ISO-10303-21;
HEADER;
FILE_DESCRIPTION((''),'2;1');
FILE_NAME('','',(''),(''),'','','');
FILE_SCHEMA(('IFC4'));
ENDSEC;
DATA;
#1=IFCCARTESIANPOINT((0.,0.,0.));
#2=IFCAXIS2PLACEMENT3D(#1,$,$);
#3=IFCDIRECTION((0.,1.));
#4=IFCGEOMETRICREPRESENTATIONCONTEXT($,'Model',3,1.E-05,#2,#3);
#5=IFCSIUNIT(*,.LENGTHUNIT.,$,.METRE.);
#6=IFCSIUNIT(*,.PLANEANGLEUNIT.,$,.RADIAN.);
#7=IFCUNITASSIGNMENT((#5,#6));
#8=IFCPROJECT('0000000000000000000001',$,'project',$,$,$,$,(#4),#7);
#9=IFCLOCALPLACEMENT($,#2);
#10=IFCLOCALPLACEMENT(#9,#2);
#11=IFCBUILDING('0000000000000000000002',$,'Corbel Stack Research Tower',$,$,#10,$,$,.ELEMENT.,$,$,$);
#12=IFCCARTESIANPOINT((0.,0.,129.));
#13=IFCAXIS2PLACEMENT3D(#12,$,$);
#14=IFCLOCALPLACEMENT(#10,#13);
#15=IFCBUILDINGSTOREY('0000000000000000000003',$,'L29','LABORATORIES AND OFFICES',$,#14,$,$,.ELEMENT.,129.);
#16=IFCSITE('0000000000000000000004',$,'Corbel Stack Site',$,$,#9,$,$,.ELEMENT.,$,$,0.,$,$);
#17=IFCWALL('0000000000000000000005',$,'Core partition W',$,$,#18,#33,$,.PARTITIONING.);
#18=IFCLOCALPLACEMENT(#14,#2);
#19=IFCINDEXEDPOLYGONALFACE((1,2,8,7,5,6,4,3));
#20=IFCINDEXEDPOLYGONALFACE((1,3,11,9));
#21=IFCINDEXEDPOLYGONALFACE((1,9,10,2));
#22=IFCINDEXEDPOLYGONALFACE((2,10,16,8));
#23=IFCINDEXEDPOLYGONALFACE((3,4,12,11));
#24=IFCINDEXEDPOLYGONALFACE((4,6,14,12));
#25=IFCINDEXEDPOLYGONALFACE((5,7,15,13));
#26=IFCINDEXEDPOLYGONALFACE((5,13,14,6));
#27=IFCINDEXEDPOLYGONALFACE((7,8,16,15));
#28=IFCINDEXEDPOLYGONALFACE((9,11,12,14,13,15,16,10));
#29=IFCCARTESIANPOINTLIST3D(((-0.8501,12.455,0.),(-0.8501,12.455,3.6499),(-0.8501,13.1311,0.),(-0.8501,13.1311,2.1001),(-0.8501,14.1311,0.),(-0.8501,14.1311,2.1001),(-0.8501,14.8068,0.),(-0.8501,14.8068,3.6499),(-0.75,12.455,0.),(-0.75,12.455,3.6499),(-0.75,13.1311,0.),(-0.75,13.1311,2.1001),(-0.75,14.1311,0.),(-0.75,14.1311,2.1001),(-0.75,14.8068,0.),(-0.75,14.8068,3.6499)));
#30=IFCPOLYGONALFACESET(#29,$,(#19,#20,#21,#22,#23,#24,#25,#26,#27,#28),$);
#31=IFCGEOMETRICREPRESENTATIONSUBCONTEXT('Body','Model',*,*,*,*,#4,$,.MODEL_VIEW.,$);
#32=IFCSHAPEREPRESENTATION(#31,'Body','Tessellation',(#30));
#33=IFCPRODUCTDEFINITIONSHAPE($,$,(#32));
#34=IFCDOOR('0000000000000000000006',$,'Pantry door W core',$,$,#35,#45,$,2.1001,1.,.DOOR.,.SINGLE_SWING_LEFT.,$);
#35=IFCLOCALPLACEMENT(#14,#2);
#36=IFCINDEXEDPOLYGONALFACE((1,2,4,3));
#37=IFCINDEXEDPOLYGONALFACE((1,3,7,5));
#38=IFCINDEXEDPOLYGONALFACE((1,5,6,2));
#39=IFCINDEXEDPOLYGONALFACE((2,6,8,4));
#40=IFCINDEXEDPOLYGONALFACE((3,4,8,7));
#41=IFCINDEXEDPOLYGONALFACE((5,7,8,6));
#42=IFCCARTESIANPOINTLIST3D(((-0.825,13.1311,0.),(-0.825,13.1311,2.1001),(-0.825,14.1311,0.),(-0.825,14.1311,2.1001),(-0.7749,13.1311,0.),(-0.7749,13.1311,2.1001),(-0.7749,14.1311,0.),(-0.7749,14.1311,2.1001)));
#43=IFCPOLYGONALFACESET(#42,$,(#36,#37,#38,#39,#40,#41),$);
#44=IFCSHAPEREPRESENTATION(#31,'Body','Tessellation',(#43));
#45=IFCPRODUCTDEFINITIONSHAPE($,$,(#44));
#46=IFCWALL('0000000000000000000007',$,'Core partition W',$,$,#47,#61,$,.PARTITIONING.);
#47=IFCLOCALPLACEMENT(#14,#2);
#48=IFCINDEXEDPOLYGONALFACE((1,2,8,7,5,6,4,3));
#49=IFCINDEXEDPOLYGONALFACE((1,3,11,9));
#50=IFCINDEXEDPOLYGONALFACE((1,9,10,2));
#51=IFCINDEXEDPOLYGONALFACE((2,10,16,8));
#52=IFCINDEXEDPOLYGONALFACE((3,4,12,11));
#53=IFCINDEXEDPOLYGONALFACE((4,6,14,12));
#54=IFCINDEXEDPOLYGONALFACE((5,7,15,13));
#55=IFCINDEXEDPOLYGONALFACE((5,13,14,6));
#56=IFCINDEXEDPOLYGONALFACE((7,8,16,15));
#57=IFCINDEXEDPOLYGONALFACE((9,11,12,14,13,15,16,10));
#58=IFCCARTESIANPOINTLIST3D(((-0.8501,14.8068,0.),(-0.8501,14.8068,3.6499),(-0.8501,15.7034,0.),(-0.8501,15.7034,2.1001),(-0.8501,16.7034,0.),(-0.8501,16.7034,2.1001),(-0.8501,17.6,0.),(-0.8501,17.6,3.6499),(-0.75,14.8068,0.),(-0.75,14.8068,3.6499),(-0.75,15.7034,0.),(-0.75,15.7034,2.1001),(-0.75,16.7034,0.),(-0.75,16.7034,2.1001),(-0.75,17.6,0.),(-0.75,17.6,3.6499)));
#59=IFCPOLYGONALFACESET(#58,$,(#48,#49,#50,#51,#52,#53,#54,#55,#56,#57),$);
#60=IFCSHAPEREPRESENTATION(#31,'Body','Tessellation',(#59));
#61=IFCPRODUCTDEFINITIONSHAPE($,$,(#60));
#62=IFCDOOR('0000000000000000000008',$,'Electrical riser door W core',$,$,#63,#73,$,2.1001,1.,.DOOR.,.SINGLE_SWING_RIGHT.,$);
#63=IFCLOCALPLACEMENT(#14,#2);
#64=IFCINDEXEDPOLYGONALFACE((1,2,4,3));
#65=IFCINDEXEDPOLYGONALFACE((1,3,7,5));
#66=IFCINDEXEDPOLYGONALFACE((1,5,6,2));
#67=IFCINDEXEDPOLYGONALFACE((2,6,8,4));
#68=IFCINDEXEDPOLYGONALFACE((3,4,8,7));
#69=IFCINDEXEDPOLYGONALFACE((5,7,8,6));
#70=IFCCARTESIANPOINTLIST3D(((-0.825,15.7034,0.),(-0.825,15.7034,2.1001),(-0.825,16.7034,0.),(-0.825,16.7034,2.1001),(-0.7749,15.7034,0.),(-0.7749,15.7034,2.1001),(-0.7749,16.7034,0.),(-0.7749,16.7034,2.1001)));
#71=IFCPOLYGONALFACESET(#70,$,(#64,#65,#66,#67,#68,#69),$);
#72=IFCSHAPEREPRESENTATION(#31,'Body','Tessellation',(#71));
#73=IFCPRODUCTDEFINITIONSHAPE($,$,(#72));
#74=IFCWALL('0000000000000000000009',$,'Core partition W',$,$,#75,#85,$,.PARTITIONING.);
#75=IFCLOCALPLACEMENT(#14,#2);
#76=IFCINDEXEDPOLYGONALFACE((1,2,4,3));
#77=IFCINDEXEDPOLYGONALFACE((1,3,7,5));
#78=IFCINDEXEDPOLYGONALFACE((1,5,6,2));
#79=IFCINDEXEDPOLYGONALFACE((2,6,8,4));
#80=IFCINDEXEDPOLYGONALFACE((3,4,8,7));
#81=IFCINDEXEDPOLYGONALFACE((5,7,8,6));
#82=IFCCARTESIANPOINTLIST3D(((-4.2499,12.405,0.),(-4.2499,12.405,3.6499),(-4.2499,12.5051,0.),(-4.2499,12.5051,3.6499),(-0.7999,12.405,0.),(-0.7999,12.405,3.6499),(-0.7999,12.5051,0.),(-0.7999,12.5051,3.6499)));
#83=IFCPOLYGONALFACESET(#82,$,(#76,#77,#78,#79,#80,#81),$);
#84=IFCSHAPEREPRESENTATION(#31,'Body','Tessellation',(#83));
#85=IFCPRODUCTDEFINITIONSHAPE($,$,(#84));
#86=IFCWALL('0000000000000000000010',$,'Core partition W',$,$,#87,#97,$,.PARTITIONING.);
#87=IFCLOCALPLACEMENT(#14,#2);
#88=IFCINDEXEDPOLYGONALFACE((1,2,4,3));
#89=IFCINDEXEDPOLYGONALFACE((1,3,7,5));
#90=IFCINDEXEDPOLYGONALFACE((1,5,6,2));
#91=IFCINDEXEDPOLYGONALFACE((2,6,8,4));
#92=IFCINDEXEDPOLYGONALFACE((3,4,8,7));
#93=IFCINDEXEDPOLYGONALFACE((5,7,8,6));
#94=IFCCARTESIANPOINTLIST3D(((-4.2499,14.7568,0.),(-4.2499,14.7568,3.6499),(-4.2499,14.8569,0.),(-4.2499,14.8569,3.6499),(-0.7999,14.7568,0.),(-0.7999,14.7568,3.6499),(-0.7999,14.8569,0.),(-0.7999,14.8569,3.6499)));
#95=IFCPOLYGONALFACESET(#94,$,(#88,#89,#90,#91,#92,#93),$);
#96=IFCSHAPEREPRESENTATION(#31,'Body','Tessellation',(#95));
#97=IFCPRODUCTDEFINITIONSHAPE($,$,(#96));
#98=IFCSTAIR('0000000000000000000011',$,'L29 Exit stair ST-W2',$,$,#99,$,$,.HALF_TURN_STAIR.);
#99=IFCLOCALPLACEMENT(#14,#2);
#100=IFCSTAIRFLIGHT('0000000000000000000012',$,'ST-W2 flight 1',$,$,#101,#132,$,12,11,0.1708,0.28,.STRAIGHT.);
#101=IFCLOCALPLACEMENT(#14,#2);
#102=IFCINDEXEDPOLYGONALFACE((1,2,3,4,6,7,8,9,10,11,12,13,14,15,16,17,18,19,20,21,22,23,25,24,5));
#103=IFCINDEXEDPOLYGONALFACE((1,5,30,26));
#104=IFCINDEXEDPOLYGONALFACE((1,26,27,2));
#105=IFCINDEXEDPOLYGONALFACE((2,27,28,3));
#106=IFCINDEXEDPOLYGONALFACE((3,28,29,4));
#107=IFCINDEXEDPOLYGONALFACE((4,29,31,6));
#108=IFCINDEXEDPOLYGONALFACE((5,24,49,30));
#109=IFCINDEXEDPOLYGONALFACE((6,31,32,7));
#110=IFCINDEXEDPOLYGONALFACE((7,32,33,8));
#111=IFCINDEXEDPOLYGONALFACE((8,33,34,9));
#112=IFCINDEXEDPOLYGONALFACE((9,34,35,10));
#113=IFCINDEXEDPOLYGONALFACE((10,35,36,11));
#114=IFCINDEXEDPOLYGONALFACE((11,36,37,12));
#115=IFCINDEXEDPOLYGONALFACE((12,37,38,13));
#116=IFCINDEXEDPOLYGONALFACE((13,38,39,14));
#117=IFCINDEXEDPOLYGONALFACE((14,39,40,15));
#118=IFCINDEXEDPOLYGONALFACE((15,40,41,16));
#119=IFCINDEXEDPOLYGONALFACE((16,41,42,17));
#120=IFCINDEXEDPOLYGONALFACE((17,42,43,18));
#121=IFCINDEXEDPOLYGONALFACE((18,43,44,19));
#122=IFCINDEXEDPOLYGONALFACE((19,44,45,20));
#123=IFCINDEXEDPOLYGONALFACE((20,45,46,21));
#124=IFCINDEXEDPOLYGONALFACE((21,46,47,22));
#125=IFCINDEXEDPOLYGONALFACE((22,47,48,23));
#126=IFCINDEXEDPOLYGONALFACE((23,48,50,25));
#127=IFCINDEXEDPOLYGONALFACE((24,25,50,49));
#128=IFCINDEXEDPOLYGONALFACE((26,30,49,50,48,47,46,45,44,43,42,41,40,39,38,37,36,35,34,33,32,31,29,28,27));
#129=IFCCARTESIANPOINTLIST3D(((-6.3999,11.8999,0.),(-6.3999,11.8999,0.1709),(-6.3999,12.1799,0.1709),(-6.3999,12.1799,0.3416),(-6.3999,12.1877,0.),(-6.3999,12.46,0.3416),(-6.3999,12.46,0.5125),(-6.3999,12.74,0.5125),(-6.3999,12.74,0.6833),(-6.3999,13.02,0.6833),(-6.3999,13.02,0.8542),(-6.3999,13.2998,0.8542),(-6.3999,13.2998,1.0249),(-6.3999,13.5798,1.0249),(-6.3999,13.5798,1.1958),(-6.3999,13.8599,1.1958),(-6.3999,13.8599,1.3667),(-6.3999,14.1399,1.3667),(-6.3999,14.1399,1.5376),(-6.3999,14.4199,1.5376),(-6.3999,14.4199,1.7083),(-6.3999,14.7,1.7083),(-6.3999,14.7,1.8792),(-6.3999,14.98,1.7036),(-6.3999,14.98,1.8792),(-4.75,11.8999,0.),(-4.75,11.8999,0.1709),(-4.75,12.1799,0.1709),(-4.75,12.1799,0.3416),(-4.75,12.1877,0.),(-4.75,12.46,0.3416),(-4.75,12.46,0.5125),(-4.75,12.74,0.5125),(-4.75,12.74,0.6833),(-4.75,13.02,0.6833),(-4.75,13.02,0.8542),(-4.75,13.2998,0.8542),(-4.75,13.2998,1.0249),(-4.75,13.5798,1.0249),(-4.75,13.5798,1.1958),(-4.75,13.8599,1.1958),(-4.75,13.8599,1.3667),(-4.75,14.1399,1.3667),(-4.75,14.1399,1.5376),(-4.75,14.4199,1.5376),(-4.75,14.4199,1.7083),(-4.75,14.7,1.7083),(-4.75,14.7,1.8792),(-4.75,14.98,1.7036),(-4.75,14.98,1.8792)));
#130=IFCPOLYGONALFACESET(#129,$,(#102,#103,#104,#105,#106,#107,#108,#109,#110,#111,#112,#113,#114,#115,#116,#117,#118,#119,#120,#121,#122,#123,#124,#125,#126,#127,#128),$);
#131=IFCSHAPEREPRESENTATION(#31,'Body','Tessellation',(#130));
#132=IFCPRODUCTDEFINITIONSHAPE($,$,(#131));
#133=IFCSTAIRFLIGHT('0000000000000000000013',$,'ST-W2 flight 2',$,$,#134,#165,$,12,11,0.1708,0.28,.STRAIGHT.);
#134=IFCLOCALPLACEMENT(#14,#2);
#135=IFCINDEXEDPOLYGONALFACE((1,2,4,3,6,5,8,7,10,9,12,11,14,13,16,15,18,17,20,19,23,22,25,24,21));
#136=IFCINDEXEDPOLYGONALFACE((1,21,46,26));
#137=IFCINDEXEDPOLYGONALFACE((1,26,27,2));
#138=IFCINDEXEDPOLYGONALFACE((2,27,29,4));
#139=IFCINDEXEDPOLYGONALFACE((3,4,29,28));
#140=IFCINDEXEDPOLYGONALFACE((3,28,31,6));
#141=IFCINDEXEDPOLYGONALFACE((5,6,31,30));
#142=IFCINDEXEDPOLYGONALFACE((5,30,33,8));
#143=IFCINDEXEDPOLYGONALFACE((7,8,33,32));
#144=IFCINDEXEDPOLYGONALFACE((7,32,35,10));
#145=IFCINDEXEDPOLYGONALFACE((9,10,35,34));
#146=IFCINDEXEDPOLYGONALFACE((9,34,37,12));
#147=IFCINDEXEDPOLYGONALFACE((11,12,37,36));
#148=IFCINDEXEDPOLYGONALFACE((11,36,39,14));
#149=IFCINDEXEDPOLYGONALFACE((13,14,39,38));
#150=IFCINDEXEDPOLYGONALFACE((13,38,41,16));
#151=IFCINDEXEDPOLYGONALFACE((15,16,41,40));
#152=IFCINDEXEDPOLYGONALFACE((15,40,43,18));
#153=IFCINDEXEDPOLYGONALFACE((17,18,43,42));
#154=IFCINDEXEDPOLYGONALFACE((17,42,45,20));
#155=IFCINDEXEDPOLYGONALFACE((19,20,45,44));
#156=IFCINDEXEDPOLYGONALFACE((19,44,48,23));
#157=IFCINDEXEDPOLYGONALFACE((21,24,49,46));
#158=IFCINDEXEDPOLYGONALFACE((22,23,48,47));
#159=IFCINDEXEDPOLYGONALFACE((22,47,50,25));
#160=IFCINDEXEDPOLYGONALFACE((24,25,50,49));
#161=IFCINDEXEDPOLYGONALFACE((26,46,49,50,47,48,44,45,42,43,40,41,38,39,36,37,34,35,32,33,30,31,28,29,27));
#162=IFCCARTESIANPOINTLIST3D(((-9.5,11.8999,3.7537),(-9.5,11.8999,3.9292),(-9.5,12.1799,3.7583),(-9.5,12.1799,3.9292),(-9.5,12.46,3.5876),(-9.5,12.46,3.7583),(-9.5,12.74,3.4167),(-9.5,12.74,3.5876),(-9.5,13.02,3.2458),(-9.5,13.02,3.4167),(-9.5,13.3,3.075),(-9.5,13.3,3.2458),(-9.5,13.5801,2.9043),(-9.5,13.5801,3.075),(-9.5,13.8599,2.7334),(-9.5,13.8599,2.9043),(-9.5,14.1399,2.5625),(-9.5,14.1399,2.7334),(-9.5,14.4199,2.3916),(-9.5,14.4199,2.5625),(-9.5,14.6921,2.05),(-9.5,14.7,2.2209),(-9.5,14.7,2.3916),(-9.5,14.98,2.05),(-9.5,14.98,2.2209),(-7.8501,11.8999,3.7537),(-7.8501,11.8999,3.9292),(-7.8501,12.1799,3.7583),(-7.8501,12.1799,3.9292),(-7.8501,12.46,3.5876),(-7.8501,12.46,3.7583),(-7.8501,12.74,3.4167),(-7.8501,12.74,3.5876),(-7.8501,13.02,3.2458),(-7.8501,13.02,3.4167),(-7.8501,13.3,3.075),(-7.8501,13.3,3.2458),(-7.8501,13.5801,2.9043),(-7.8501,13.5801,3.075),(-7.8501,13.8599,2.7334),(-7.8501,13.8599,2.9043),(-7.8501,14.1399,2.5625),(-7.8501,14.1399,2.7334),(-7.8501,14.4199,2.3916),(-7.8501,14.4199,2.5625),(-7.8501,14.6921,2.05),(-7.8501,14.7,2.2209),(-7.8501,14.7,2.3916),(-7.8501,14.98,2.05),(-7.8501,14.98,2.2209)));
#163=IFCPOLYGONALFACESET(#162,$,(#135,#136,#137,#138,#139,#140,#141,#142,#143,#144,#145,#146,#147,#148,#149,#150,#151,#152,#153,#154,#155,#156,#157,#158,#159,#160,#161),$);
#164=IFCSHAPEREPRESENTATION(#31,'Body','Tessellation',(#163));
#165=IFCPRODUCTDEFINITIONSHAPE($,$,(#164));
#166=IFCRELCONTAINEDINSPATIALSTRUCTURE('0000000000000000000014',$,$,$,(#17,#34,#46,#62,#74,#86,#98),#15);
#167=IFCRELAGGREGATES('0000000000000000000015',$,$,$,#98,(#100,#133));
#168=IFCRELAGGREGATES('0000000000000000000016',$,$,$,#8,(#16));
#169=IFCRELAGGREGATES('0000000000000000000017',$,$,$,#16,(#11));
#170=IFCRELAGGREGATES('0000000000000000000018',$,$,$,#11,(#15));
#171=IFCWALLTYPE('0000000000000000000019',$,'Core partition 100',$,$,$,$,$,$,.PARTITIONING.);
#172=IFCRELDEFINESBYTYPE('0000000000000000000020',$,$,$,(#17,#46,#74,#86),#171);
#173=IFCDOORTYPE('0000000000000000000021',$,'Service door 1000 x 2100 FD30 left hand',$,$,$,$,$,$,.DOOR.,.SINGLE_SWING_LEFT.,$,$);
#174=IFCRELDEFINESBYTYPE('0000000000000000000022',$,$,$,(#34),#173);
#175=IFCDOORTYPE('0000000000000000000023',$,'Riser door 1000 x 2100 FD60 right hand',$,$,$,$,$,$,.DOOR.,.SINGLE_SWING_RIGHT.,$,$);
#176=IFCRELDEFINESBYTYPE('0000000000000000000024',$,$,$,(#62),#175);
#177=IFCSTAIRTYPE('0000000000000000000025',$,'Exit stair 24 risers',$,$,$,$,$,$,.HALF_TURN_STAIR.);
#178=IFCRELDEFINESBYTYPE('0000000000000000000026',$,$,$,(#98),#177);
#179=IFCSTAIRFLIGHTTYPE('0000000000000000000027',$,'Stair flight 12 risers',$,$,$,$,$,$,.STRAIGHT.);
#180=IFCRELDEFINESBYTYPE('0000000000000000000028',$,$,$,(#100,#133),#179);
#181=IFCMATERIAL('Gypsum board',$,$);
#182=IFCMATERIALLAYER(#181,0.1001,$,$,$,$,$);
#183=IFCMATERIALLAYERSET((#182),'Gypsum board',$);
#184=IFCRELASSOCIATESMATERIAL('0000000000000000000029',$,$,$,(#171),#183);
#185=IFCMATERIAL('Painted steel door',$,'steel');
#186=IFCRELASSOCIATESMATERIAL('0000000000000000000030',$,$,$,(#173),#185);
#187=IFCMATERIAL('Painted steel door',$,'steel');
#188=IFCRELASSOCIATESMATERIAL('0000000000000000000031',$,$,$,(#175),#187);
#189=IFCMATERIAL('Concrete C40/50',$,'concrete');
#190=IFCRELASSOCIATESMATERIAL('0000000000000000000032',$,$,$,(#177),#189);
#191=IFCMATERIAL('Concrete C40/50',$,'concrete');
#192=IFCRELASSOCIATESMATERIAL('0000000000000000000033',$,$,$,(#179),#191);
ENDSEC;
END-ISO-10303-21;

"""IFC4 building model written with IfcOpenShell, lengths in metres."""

from ifc_helpers import new_model, si_unit, direction, frame, frame_2d, origin, place, context, subcontext, project, spatial, polyline, rectangle, outline, extrude, material, layer, layer_set, type_object, element, fill, aggregate, save


model = new_model("IFC4")

# Units and contexts
model_context = context("Model", 3, precision=1e-05, world=origin(), true_north=direction((0.0, 1.0)))
body_context = subcontext(model_context, "Body", "Model", "MODEL_VIEW")
ifc_project = project(units=[si_unit("LENGTHUNIT", "METRE"), si_unit("PLANEANGLEUNIT", "RADIAN")], contexts=[model_context])

# Site, building, storey
site_placement = place(None, origin())
site = spatial("IfcSite", under=ifc_project, at=site_placement, Name="Corbel Stack Site", CompositionType="ELEMENT", RefElevation=0.0)
building_placement = place(site_placement, origin())
building = spatial("IfcBuilding", under=site, at=building_placement, Name="Corbel Stack Research Tower", CompositionType="ELEMENT")
storey_placement = place(building_placement, frame((0.0, 0.0, 129.0)))
storey = spatial("IfcBuildingStorey", under=building, at=storey_placement, Name="L29", Description="LABORATORIES AND OFFICES", CompositionType="ELEMENT", Elevation=129.0)

# Walls, openings, doors
ifc_material_1 = material(Name="Gypsum board")
ifc_layer = layer(ifc_material_1, 0.1001)
ifc_layer_set = layer_set([ifc_layer], Name="Gypsum board")
wall_type = type_object("IfcWallType", Name="Core partition 100", PredefinedType="PARTITIONING", material=ifc_layer_set)
wall_1_placement = place(storey_placement, frame((-0.8, 12.4551, 0.0), z_axis=(0.0, 0.0, 1.0), x_axis=(0.0, 1.0, 0.0)))
wall_1 = element("IfcWall", 1, at=wall_1_placement, inside=storey, type_object=wall_type, Name="Core partition W", PredefinedType="PARTITIONING", context=body_context, shape_type="SweptSolid", body=[
    extrude(rectangle(XDim=2.3518, YDim=0.1001, at=frame_2d((1.1758, 0.0))), origin(), (0.0, 0.0, 1.0), 3.6499),
])
opening_1_placement = place(wall_1_placement, frame((0.676, 0.0, 0.0)))
opening_1 = element("IfcOpeningElement", 2, at=opening_1_placement, cuts=wall_1, PredefinedType="OPENING", context=body_context, shape_type="SweptSolid", body=[
    extrude(rectangle(XDim=1.0, YDim=2.1001, at=frame_2d((0.5, 1.05))), frame((0.0, 0.0601, 0.0), z_axis=(0.0, -1.0, 0.0), x_axis=(1.0, 0.0, 0.0)), (0.0, 0.0, 1.0), 0.1201),
])
ifc_material_2 = material(Name="Painted steel door", Category="steel")
door_type_1 = type_object("IfcDoorType", Name="Service door 1000 x 2100 FD30 left hand", OperationType="SINGLE_SWING_LEFT", PredefinedType="DOOR", material=ifc_material_2)
door_1_placement = place(opening_1_placement, origin())
door_1 = element("IfcDoor", 3, at=door_1_placement, inside=storey, type_object=door_type_1, Name="Pantry door W core", OperationType="SINGLE_SWING_LEFT", OverallHeight=2.1001, OverallWidth=1.0, PredefinedType="DOOR", context=body_context, shape_type="SweptSolid", body=[
    extrude(rectangle(XDim=1.0, YDim=2.1001, at=frame_2d((0.5, 1.05))), frame((0.0, 0.0249, 0.0), z_axis=(0.0, -1.0, 0.0), x_axis=(1.0, 0.0, 0.0)), (0.0, 0.0, 1.0), 0.05),
])
fill(opening_1, door_1)
wall_2_placement = place(storey_placement, frame((-0.8, 14.8069, 0.0), z_axis=(0.0, 0.0, 1.0), x_axis=(0.0, 1.0, 0.0)))
wall_2 = element("IfcWall", 4, at=wall_2_placement, inside=storey, type_object=wall_type, Name="Core partition W", PredefinedType="PARTITIONING", context=body_context, shape_type="SweptSolid", body=[
    extrude(rectangle(XDim=2.7932, YDim=0.1001, at=frame_2d((1.3965, 0.0))), origin(), (0.0, 0.0, 1.0), 3.6499),
])
opening_2_placement = place(wall_2_placement, frame((0.8965, 0.0, 0.0)))
opening_2 = element("IfcOpeningElement", 5, at=opening_2_placement, cuts=wall_2, PredefinedType="OPENING", context=body_context, shape_type="SweptSolid", body=[
    extrude(rectangle(XDim=1.0, YDim=2.1001, at=frame_2d((0.5, 1.05))), frame((0.0, 0.0601, 0.0), z_axis=(0.0, -1.0, 0.0), x_axis=(1.0, 0.0, 0.0)), (0.0, 0.0, 1.0), 0.1201),
])
ifc_material_3 = material(Name="Painted steel door", Category="steel")
door_type_2 = type_object("IfcDoorType", Name="Riser door 1000 x 2100 FD60 right hand", OperationType="SINGLE_SWING_RIGHT", PredefinedType="DOOR", material=ifc_material_3)
door_2_placement = place(opening_2_placement, origin())
door_2 = element("IfcDoor", 6, at=door_2_placement, inside=storey, type_object=door_type_2, Name="Electrical riser door W core", OperationType="SINGLE_SWING_RIGHT", OverallHeight=2.1001, OverallWidth=1.0, PredefinedType="DOOR", context=body_context, shape_type="SweptSolid", body=[
    extrude(rectangle(XDim=1.0, YDim=2.1001, at=frame_2d((0.5, 1.05))), frame((0.0, 0.0249, 0.0), z_axis=(0.0, -1.0, 0.0), x_axis=(1.0, 0.0, 0.0)), (0.0, 0.0, 1.0), 0.05),
])
fill(opening_2, door_2)

# Walls
for number, where, z_axis, x_axis, name in (
    (7, (-4.25, 12.4551, 0.0), (0.0, 0.0, 1.0), (1.0, 0.0, 0.0), "Core partition W"),
    (8, (-4.25, 14.8069, 0.0), (0.0, 0.0, 1.0), (1.0, 0.0, 0.0), "Core partition W"),
):
    element("IfcWall", number, at=place(storey_placement, frame(where, z_axis=z_axis, x_axis=x_axis)), inside=storey, type_object=wall_type, Name=name, PredefinedType="PARTITIONING", context=body_context, shape_type="SweptSolid", body=[
        extrude(rectangle(XDim=3.45, YDim=0.1001, at=frame_2d((1.7251, 0.0))), origin(), (0.0, 0.0, 1.0), 3.6499),
    ])

# Stair, stair flights
ifc_material_4 = material(Name="Concrete C40/50", Category="concrete")
stair_type = type_object("IfcStairType", Name="Exit stair 24 risers", PredefinedType="HALF_TURN_STAIR", material=ifc_material_4)
stair_placement = place(storey_placement, origin())
stair = element("IfcStair", 9, at=stair_placement, inside=storey, type_object=stair_type, Name="L29 Exit stair ST-W2", PredefinedType="HALF_TURN_STAIR")
ifc_material_5 = material(Name="Concrete C40/50", Category="concrete")
stair_flight_type = type_object("IfcStairFlightType", Name="Stair flight 12 risers", PredefinedType="STRAIGHT", material=ifc_material_5)
stair_flight_1_placement = place(storey_placement, frame((-5.575, 11.8999, 0.0), z_axis=(0.0, 0.0, 1.0), x_axis=(0.0, 1.0, 0.0)))
stair_flight_1 = element("IfcStairFlight", 10, at=stair_flight_1_placement, type_object=stair_flight_type, Name="ST-W2 flight 1", NumberOfRisers=12, NumberOfTreads=11, PredefinedType="STRAIGHT", RiserHeight=0.1708, TreadLength=0.28, context=body_context, shape_type="SweptSolid", body=[
    extrude(outline(polyline([(0.0, 0.0), (0.0, 0.1709), (0.28, 0.1709), (0.28, 0.3416), (0.5601, 0.3416), (0.5601, 0.5125), (0.8401, 0.5125), (0.8401, 0.6833), (1.1201, 0.6833), (1.1201, 0.8542), (1.3999, 0.8542), (1.3999, 1.0249), (1.6799, 1.0249), (1.6799, 1.1958), (1.96, 1.1958), (1.96, 1.3667), (2.24, 1.3667), (2.24, 1.5376), (2.52, 1.5376), (2.52, 1.7083), (2.8, 1.7083), (2.8, 1.8792), (3.0801, 1.8792), (3.0801, 2.05), (3.0801, 1.7036), (0.2878, 0.0), (0.0, 0.0)])), frame((0.0, 0.825, 0.0), z_axis=(0.0, -1.0, 0.0), x_axis=(1.0, 0.0, 0.0)), (0.0, 0.0, 1.0), 1.6499),
])
stair_flight_2_placement = place(storey_placement, frame((-8.675, 14.98, 2.05), z_axis=(0.0, 0.0, 1.0), x_axis=(0.0, -1.0, 0.0)))
stair_flight_2 = element("IfcStairFlight", 11, at=stair_flight_2_placement, type_object=stair_flight_type, Name="ST-W2 flight 2", NumberOfRisers=12, NumberOfTreads=11, PredefinedType="STRAIGHT", RiserHeight=0.1708, TreadLength=0.28, context=body_context, shape_type="SweptSolid", body=[
    extrude(outline(polyline([(0.0, 0.0), (0.0, 0.1709), (0.28, 0.1709), (0.28, 0.3416), (0.5601, 0.3416), (0.5601, 0.5125), (0.8401, 0.5125), (0.8401, 0.6833), (1.1201, 0.6833), (1.1201, 0.8542), (1.3999, 0.8542), (1.3999, 1.0249), (1.6799, 1.0249), (1.6799, 1.1958), (1.96, 1.1958), (1.96, 1.3667), (2.24, 1.3667), (2.24, 1.5376), (2.52, 1.5376), (2.52, 1.7083), (2.8, 1.7083), (2.8, 1.8792), (3.0801, 1.8792), (3.0801, 2.05), (3.0801, 1.7036), (0.2878, 0.0), (0.0, 0.0)])), frame((0.0, 0.825, 0.0), z_axis=(0.0, -1.0, 0.0), x_axis=(1.0, 0.0, 0.0)), (0.0, 0.0, 1.0), 1.6499),
])
aggregate(stair, [stair_flight_1, stair_flight_2])

save(model, "model.ifc")
